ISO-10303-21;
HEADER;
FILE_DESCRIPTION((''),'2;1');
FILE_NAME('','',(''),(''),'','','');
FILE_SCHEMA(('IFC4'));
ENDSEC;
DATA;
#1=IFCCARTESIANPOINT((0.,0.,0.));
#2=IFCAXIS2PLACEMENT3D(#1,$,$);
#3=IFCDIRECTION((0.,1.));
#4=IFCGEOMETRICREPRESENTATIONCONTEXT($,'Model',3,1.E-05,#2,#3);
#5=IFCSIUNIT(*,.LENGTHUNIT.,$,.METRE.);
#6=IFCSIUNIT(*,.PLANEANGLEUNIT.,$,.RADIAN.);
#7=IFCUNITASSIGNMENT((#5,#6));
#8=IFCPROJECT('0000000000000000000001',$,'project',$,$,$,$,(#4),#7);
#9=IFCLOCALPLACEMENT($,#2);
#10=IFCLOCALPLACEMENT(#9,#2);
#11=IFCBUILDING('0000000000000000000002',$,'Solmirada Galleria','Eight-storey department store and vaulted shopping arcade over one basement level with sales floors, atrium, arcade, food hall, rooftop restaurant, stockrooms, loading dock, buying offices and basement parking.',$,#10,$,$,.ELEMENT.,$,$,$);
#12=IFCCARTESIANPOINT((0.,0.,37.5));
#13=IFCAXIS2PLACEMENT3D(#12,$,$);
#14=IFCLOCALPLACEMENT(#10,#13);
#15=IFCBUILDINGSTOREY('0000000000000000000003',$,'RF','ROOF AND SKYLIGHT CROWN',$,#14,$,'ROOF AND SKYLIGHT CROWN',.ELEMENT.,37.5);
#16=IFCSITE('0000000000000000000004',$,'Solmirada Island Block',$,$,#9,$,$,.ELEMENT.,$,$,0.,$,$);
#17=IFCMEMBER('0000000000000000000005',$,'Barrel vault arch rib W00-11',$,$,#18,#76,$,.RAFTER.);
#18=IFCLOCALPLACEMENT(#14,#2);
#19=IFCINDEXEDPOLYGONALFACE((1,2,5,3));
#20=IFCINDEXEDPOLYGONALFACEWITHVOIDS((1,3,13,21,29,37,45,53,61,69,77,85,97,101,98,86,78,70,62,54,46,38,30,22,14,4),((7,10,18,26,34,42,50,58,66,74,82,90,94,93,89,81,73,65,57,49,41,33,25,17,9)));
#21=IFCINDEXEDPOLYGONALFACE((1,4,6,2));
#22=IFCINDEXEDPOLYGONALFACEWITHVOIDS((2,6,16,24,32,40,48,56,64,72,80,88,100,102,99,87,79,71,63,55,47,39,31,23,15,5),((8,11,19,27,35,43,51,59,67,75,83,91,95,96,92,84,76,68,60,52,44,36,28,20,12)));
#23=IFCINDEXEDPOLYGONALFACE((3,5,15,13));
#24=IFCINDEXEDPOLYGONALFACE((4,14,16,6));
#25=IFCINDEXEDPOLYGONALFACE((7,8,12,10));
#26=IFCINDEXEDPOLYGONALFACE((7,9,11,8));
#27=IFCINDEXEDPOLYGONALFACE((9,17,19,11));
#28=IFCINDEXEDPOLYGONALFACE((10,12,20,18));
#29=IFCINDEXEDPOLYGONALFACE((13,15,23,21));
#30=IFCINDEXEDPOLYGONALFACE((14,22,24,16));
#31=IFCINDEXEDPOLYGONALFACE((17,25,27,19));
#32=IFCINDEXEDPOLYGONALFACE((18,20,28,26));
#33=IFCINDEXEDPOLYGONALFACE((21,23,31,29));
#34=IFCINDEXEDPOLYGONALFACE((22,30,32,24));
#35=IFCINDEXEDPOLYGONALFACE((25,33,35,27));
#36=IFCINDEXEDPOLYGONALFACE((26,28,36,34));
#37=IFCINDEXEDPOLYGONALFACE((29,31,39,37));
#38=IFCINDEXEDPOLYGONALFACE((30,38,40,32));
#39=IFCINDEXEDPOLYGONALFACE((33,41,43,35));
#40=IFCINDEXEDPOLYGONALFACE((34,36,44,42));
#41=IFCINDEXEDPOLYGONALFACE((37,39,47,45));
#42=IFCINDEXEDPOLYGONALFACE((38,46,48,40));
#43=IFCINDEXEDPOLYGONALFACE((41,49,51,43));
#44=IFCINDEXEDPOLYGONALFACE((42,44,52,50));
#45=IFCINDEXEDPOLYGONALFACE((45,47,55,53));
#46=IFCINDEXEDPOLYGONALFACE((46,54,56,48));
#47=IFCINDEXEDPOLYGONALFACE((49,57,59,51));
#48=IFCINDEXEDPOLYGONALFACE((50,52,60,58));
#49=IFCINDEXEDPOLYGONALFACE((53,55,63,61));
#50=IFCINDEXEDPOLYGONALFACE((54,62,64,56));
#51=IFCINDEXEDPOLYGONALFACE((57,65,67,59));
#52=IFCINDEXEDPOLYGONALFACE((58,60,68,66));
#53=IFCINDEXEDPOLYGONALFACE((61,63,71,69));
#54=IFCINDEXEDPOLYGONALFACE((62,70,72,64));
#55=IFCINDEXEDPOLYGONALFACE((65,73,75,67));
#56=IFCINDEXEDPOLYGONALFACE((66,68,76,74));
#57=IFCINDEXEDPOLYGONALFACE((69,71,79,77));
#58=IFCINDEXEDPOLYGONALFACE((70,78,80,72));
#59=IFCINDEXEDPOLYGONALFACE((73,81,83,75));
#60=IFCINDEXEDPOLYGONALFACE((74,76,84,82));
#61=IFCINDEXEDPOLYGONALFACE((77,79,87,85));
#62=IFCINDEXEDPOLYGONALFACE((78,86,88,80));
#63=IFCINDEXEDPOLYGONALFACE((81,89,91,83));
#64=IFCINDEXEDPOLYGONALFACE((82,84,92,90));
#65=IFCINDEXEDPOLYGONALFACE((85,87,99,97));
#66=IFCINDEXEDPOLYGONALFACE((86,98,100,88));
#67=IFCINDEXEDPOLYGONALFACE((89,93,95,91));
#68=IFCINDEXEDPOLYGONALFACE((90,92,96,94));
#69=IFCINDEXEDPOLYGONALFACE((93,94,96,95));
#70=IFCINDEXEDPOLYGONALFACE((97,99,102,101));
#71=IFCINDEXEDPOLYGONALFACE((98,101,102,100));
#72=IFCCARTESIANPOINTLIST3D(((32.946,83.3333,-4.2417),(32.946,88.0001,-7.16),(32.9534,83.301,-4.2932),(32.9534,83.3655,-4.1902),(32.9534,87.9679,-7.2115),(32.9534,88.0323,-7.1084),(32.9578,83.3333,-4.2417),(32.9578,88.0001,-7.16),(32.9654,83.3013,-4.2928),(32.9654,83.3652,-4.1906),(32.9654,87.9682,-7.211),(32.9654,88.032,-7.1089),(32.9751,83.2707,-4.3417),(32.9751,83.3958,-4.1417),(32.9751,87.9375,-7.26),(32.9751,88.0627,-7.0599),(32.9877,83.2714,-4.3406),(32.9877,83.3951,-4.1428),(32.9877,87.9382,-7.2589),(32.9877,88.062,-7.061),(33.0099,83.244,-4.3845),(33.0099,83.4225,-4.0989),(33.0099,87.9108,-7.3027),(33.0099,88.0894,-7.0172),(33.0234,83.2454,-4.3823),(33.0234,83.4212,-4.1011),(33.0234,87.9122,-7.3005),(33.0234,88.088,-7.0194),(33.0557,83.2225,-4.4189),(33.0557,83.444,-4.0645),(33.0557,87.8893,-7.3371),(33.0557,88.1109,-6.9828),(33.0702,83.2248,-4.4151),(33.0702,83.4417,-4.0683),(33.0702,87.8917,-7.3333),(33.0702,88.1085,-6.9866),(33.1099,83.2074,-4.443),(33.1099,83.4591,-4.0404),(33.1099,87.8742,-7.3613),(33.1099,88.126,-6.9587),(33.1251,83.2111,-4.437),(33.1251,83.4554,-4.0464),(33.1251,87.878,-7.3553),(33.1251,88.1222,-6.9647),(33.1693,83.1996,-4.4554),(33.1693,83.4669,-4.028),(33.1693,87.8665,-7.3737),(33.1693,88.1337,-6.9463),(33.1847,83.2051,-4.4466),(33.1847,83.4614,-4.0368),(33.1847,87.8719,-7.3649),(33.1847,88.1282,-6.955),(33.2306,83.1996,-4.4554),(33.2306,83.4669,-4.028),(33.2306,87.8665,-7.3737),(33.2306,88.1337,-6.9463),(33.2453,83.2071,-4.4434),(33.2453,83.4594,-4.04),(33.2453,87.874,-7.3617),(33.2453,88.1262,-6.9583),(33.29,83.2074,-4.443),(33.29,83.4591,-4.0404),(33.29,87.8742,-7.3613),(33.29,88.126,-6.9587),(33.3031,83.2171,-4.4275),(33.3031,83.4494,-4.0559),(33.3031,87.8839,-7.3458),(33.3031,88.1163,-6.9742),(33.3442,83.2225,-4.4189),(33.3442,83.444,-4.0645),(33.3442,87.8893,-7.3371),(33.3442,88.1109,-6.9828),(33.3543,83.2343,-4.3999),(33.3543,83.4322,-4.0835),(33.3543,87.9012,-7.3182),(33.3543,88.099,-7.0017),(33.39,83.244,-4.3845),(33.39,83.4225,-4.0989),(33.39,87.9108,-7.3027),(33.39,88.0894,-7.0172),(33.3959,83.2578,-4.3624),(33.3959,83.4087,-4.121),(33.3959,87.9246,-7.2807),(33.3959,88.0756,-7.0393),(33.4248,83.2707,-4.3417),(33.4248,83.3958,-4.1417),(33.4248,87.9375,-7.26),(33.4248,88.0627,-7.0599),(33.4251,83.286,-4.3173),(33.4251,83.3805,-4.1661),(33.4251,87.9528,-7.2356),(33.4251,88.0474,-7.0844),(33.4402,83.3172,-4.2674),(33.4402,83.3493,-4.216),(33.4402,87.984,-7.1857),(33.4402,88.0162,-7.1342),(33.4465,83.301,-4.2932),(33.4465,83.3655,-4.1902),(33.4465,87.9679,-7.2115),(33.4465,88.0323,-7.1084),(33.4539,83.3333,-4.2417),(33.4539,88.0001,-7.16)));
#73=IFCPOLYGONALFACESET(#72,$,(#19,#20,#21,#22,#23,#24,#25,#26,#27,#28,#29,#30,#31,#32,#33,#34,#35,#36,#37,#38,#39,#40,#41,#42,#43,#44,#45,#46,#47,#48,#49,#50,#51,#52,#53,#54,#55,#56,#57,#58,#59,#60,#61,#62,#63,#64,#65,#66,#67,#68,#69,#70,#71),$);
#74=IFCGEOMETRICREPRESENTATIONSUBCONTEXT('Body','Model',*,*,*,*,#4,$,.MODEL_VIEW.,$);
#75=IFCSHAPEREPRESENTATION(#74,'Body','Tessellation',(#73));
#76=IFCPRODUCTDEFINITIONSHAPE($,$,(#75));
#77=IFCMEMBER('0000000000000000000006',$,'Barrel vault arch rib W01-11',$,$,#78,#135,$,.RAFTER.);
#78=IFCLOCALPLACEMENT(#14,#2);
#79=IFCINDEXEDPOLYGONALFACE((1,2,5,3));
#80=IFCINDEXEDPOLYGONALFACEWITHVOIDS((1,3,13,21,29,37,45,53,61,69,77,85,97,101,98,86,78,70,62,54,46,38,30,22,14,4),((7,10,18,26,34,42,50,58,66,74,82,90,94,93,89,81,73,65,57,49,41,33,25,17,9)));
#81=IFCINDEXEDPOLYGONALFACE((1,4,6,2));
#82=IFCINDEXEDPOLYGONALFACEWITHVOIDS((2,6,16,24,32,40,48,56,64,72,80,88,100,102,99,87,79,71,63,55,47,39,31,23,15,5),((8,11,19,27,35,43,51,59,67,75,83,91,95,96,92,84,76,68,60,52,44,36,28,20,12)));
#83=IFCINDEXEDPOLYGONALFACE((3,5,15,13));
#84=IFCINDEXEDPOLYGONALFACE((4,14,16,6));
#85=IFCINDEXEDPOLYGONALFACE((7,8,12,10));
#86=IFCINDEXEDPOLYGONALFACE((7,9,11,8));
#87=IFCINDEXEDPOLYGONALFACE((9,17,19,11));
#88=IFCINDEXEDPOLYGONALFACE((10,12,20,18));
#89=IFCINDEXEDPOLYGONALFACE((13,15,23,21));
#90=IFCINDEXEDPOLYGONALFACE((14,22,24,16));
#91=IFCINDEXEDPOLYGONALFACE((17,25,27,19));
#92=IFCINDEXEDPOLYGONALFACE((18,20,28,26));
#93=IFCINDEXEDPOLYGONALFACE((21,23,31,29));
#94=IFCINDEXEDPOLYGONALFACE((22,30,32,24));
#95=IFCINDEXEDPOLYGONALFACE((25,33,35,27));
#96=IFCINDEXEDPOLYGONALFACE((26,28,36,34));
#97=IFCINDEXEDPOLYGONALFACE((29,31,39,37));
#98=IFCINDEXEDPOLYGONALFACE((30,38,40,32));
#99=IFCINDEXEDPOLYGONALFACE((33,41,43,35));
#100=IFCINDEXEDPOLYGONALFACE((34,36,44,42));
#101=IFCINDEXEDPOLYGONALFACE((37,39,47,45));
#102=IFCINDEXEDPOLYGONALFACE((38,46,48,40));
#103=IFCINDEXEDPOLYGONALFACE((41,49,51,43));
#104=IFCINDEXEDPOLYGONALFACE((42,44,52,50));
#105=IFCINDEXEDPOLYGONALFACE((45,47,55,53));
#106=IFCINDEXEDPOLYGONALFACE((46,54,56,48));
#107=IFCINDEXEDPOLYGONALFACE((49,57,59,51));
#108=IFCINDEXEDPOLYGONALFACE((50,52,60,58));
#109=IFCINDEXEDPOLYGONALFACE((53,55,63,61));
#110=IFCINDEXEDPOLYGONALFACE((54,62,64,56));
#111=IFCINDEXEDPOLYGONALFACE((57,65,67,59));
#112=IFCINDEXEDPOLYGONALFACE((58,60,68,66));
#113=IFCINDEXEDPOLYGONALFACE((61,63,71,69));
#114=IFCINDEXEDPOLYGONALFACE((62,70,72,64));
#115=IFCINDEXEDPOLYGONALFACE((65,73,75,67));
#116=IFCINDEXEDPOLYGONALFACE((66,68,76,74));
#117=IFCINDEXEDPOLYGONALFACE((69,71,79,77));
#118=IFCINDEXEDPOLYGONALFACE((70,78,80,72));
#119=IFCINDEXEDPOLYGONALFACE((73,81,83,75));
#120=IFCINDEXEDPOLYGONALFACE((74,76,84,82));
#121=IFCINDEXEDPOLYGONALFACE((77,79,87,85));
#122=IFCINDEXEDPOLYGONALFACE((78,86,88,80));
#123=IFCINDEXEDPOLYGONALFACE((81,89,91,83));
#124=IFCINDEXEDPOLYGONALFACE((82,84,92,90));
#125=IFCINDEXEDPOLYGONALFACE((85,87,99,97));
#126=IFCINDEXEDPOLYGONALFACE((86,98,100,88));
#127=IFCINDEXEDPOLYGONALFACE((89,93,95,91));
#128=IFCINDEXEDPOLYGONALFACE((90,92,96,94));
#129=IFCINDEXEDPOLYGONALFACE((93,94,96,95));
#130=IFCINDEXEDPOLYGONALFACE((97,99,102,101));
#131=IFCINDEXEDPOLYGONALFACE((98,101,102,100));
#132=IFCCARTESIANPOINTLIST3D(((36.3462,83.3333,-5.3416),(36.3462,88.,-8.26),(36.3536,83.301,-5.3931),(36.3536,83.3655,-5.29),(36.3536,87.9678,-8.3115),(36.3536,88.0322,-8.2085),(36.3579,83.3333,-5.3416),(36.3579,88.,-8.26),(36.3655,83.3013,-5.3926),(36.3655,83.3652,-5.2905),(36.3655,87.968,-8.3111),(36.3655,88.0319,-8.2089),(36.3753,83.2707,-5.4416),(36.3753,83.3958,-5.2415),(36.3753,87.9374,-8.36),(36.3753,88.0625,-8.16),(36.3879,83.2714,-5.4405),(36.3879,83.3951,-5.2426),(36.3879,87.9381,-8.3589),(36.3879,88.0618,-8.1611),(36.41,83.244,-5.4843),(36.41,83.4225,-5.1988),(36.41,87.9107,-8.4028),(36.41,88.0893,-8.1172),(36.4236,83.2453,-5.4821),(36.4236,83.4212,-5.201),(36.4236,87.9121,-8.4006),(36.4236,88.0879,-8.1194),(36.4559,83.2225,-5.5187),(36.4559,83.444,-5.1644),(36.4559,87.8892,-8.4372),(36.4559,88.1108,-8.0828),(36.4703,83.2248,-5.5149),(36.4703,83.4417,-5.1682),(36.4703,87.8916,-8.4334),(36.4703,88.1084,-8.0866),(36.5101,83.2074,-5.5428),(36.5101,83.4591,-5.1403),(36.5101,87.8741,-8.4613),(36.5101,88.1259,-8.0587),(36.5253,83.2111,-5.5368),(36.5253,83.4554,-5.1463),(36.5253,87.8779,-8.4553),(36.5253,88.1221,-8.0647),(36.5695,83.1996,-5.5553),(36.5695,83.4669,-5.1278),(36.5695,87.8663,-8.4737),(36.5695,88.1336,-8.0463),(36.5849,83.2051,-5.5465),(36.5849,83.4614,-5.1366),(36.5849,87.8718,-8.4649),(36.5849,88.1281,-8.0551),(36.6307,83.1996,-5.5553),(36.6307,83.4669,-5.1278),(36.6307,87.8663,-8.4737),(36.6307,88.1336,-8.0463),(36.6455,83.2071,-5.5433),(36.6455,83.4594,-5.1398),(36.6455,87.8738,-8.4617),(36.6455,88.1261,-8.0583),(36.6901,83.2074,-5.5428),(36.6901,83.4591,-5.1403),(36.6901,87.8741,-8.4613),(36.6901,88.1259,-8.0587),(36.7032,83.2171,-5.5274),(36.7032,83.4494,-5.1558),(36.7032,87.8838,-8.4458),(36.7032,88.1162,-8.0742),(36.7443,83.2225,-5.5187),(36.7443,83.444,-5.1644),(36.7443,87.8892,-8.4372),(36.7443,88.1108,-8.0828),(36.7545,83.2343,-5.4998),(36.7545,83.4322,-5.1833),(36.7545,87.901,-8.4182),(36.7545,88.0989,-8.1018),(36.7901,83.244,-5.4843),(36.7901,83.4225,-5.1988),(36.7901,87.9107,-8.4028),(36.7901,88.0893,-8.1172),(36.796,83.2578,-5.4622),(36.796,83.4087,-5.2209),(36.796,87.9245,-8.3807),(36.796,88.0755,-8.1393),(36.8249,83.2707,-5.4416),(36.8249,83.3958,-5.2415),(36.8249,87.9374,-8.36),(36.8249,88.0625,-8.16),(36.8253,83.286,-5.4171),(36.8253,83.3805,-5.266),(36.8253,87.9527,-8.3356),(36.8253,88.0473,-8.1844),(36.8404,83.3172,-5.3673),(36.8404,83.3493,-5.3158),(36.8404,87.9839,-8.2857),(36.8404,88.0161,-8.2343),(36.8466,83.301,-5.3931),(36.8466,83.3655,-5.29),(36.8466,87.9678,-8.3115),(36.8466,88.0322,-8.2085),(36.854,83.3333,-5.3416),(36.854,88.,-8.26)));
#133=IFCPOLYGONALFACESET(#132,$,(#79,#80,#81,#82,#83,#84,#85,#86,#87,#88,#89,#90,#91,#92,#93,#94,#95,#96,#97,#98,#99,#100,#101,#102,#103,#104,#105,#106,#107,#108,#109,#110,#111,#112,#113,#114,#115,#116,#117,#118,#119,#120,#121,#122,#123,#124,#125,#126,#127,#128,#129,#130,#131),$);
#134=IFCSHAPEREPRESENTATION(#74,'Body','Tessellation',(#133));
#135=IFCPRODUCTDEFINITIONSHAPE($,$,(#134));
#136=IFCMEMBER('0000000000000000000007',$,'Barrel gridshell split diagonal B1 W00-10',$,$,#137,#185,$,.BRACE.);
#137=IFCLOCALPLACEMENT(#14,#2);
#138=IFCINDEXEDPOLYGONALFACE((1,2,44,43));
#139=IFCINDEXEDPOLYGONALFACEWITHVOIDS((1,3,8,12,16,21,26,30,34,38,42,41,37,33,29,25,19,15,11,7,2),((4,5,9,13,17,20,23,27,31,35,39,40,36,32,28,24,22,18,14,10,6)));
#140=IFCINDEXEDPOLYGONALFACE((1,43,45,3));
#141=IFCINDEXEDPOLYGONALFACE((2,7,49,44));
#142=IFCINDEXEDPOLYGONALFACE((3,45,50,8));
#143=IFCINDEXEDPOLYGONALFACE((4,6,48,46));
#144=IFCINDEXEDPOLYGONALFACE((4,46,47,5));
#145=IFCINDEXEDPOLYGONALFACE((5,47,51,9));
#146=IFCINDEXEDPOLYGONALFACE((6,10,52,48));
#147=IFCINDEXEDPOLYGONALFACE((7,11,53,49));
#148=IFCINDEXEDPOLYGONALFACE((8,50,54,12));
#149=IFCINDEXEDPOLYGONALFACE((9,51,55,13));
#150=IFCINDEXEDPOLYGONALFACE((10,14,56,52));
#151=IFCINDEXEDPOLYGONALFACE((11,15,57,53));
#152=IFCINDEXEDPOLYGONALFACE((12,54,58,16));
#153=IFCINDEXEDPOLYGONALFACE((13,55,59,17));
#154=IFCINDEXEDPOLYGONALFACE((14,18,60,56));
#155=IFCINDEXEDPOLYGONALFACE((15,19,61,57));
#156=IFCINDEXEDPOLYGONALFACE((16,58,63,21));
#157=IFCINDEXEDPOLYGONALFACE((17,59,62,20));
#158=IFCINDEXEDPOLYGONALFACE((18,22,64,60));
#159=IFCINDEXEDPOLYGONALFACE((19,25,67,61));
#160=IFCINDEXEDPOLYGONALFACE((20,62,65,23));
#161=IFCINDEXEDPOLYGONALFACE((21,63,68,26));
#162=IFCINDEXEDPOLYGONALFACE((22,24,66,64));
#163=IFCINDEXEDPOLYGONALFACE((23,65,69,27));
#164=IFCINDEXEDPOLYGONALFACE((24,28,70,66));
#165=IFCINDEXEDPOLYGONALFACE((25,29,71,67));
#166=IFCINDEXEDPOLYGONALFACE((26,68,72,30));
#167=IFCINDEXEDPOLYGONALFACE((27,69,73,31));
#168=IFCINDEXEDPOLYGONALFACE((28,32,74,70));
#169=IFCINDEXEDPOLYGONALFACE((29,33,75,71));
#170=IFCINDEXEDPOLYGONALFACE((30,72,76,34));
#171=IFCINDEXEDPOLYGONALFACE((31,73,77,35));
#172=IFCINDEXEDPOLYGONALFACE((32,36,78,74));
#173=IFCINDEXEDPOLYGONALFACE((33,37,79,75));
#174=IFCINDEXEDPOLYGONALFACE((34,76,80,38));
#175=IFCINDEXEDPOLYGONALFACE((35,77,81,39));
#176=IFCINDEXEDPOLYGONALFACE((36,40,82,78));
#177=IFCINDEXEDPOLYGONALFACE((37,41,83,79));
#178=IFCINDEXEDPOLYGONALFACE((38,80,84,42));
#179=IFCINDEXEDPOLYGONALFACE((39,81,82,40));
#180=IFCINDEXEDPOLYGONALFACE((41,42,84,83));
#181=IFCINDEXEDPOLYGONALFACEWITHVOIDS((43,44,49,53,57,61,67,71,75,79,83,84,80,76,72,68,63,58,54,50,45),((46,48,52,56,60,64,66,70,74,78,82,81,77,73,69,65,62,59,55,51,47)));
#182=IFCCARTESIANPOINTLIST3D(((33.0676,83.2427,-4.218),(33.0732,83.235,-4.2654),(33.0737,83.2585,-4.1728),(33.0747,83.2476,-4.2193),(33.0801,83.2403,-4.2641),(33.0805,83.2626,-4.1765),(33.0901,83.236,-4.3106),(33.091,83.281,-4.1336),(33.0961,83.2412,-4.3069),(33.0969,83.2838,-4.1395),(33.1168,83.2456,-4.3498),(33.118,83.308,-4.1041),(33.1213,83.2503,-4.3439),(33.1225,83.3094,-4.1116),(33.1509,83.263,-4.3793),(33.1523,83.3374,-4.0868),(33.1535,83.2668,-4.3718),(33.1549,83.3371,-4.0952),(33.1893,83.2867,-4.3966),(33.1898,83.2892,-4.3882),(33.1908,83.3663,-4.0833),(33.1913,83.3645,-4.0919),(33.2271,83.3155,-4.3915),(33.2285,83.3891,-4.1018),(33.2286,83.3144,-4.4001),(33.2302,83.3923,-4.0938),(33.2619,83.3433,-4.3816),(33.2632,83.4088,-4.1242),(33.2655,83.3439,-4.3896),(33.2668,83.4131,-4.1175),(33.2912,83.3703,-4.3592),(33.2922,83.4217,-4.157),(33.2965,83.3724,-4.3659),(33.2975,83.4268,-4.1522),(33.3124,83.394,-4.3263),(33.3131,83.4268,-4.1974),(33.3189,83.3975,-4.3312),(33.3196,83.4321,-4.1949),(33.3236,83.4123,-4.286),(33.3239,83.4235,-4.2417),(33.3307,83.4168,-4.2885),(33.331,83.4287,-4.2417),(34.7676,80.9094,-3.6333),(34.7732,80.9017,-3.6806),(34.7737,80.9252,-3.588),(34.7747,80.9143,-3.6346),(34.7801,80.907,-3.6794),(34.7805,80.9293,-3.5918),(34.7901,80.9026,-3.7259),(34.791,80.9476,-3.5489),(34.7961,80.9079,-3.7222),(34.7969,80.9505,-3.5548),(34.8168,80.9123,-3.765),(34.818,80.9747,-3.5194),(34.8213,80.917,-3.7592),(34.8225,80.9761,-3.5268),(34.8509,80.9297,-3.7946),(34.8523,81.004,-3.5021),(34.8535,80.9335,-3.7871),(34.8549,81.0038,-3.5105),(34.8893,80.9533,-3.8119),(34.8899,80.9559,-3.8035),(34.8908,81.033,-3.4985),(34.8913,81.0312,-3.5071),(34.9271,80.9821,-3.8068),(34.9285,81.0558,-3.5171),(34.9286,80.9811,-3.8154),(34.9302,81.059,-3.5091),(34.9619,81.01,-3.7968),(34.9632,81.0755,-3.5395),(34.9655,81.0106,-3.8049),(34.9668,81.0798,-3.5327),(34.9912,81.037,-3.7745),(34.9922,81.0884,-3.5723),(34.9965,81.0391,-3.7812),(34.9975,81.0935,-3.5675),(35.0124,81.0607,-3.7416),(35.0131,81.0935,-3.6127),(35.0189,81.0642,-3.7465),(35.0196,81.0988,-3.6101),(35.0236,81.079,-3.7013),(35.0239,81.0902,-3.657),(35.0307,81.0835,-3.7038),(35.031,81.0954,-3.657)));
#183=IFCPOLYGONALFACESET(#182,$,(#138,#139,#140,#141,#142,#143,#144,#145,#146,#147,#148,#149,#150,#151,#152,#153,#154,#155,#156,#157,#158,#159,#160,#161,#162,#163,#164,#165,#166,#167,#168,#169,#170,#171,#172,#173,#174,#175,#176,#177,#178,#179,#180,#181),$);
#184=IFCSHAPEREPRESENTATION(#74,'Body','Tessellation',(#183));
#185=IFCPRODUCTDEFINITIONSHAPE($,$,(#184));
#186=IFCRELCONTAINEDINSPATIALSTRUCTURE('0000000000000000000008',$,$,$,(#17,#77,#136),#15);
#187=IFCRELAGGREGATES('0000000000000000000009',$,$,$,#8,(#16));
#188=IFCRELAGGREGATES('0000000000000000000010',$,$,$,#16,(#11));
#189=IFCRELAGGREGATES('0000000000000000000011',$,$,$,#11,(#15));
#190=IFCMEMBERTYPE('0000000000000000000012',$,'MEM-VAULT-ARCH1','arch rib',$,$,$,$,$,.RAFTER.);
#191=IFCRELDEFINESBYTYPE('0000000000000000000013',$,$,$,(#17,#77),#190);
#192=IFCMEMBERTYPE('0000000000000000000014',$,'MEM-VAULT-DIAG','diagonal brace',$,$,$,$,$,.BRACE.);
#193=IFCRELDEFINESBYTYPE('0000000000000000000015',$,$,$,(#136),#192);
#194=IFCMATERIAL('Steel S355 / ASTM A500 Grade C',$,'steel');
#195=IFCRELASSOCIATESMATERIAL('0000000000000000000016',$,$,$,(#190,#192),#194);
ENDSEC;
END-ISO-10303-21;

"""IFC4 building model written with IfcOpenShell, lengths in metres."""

from ifc_helpers import new_model, si_unit, direction, frame, origin, origin_2d, place, context, subcontext, project, spatial, hollow_circle, extrude, material, material_profile, profile_set, type_object, element, save


model = new_model("IFC4")

# Units and contexts
model_context = context("Model", 3, precision=1e-05, world=origin(), true_north=direction((0.0, 1.0)))
body_context = subcontext(model_context, "Body", "Model", "MODEL_VIEW")
ifc_project = project(units=[si_unit("LENGTHUNIT", "METRE"), si_unit("PLANEANGLEUNIT", "RADIAN")], contexts=[model_context])

# Site, building, storey
site_placement = place(None, origin())
site = spatial("IfcSite", under=ifc_project, at=site_placement, Name="Solmirada Island Block", CompositionType="ELEMENT", RefElevation=0.0)
building_placement = place(site_placement, origin())
building = spatial("IfcBuilding", under=site, at=building_placement, Name="Solmirada Galleria", Description="Eight-storey department store and vaulted shopping arcade over one basement level with sales floors, atrium, arcade, food hall, rooftop restaurant, stockrooms, loading dock, buying offices and basement parking.", CompositionType="ELEMENT")
storey_placement = place(building_placement, frame((0.0, 0.0, 37.5)))
storey = spatial("IfcBuildingStorey", under=building, at=storey_placement, Name="RF", Description="ROOF AND SKYLIGHT CROWN", LongName="ROOF AND SKYLIGHT CROWN", CompositionType="ELEMENT", Elevation=37.5)

# Members
ifc_material_1 = material(Name="Steel S355 / ASTM A500 Grade C", Category="steel")
ifc_material_profile_1 = material_profile(ifc_material_1, hollow_circle(Radius=0.2539, WallThickness=0.0117, at=origin_2d()), Name="HSS20.000X0.500")
ifc_profile_set_1 = profile_set([ifc_material_profile_1], Name="Steel S355 / ASTM A500 Grade C")
member_type_1 = type_object("IfcMemberType", Name="MEM-VAULT-ARCH1", Description="arch rib", PredefinedType="RAFTER", material=ifc_profile_set_1)
for number, where, z_axis, x_axis, name in (
    (1, (33.2, 83.3333, -4.2417), (0.0, 0.847876, -0.530194), (-1.0, 0.0, 0.0), "Barrel vault arch rib W00-11"),
    (2, (36.6001, 83.3333, -5.3416), (0.0, 0.847856, -0.530226), (-1.0, 0.0, 0.0), "Barrel vault arch rib W01-11"),
):
    element("IfcMember", number, at=place(storey_placement, frame(where, z_axis=z_axis, x_axis=x_axis)), inside=storey, type_object=member_type_1, Name=name, PredefinedType="RAFTER", context=body_context, shape_type="SweptSolid", body=[
        extrude(hollow_circle(Radius=0.2539, WallThickness=0.0117, at=origin_2d()), origin(), (0.0, 0.0, 1.0), 5.5042),
    ])
ifc_material_profile_2 = material_profile(ifc_material_1, hollow_circle(Radius=0.1621, WallThickness=0.0088, at=origin_2d()), Name="HSS12.750X0.375")
ifc_profile_set_2 = profile_set([ifc_material_profile_2], Name="Steel S355 / ASTM A500 Grade C")
member_type_2 = type_object("IfcMemberType", Name="MEM-VAULT-DIAG", Description="diagonal brace", PredefinedType="BRACE", material=ifc_profile_set_2)
for number, where, z_axis, x_axis, name in (
    (3, (33.2, 83.3333, -4.2417), (0.577141, -0.792149, 0.198514), (0.808235, 0.58886, 0.0), "Barrel gridshell split diagonal B1 W00-10"),
):
    element("IfcMember", number, at=place(storey_placement, frame(where, z_axis=z_axis, x_axis=x_axis)), inside=storey, type_object=member_type_2, Name=name, PredefinedType="BRACE", context=body_context, shape_type="SweptSolid", body=[
        extrude(hollow_circle(Radius=0.1621, WallThickness=0.0088, at=origin_2d()), origin(), (0.0, 0.0, 1.0), 2.9456),
    ])

save(model, "model.ifc")
